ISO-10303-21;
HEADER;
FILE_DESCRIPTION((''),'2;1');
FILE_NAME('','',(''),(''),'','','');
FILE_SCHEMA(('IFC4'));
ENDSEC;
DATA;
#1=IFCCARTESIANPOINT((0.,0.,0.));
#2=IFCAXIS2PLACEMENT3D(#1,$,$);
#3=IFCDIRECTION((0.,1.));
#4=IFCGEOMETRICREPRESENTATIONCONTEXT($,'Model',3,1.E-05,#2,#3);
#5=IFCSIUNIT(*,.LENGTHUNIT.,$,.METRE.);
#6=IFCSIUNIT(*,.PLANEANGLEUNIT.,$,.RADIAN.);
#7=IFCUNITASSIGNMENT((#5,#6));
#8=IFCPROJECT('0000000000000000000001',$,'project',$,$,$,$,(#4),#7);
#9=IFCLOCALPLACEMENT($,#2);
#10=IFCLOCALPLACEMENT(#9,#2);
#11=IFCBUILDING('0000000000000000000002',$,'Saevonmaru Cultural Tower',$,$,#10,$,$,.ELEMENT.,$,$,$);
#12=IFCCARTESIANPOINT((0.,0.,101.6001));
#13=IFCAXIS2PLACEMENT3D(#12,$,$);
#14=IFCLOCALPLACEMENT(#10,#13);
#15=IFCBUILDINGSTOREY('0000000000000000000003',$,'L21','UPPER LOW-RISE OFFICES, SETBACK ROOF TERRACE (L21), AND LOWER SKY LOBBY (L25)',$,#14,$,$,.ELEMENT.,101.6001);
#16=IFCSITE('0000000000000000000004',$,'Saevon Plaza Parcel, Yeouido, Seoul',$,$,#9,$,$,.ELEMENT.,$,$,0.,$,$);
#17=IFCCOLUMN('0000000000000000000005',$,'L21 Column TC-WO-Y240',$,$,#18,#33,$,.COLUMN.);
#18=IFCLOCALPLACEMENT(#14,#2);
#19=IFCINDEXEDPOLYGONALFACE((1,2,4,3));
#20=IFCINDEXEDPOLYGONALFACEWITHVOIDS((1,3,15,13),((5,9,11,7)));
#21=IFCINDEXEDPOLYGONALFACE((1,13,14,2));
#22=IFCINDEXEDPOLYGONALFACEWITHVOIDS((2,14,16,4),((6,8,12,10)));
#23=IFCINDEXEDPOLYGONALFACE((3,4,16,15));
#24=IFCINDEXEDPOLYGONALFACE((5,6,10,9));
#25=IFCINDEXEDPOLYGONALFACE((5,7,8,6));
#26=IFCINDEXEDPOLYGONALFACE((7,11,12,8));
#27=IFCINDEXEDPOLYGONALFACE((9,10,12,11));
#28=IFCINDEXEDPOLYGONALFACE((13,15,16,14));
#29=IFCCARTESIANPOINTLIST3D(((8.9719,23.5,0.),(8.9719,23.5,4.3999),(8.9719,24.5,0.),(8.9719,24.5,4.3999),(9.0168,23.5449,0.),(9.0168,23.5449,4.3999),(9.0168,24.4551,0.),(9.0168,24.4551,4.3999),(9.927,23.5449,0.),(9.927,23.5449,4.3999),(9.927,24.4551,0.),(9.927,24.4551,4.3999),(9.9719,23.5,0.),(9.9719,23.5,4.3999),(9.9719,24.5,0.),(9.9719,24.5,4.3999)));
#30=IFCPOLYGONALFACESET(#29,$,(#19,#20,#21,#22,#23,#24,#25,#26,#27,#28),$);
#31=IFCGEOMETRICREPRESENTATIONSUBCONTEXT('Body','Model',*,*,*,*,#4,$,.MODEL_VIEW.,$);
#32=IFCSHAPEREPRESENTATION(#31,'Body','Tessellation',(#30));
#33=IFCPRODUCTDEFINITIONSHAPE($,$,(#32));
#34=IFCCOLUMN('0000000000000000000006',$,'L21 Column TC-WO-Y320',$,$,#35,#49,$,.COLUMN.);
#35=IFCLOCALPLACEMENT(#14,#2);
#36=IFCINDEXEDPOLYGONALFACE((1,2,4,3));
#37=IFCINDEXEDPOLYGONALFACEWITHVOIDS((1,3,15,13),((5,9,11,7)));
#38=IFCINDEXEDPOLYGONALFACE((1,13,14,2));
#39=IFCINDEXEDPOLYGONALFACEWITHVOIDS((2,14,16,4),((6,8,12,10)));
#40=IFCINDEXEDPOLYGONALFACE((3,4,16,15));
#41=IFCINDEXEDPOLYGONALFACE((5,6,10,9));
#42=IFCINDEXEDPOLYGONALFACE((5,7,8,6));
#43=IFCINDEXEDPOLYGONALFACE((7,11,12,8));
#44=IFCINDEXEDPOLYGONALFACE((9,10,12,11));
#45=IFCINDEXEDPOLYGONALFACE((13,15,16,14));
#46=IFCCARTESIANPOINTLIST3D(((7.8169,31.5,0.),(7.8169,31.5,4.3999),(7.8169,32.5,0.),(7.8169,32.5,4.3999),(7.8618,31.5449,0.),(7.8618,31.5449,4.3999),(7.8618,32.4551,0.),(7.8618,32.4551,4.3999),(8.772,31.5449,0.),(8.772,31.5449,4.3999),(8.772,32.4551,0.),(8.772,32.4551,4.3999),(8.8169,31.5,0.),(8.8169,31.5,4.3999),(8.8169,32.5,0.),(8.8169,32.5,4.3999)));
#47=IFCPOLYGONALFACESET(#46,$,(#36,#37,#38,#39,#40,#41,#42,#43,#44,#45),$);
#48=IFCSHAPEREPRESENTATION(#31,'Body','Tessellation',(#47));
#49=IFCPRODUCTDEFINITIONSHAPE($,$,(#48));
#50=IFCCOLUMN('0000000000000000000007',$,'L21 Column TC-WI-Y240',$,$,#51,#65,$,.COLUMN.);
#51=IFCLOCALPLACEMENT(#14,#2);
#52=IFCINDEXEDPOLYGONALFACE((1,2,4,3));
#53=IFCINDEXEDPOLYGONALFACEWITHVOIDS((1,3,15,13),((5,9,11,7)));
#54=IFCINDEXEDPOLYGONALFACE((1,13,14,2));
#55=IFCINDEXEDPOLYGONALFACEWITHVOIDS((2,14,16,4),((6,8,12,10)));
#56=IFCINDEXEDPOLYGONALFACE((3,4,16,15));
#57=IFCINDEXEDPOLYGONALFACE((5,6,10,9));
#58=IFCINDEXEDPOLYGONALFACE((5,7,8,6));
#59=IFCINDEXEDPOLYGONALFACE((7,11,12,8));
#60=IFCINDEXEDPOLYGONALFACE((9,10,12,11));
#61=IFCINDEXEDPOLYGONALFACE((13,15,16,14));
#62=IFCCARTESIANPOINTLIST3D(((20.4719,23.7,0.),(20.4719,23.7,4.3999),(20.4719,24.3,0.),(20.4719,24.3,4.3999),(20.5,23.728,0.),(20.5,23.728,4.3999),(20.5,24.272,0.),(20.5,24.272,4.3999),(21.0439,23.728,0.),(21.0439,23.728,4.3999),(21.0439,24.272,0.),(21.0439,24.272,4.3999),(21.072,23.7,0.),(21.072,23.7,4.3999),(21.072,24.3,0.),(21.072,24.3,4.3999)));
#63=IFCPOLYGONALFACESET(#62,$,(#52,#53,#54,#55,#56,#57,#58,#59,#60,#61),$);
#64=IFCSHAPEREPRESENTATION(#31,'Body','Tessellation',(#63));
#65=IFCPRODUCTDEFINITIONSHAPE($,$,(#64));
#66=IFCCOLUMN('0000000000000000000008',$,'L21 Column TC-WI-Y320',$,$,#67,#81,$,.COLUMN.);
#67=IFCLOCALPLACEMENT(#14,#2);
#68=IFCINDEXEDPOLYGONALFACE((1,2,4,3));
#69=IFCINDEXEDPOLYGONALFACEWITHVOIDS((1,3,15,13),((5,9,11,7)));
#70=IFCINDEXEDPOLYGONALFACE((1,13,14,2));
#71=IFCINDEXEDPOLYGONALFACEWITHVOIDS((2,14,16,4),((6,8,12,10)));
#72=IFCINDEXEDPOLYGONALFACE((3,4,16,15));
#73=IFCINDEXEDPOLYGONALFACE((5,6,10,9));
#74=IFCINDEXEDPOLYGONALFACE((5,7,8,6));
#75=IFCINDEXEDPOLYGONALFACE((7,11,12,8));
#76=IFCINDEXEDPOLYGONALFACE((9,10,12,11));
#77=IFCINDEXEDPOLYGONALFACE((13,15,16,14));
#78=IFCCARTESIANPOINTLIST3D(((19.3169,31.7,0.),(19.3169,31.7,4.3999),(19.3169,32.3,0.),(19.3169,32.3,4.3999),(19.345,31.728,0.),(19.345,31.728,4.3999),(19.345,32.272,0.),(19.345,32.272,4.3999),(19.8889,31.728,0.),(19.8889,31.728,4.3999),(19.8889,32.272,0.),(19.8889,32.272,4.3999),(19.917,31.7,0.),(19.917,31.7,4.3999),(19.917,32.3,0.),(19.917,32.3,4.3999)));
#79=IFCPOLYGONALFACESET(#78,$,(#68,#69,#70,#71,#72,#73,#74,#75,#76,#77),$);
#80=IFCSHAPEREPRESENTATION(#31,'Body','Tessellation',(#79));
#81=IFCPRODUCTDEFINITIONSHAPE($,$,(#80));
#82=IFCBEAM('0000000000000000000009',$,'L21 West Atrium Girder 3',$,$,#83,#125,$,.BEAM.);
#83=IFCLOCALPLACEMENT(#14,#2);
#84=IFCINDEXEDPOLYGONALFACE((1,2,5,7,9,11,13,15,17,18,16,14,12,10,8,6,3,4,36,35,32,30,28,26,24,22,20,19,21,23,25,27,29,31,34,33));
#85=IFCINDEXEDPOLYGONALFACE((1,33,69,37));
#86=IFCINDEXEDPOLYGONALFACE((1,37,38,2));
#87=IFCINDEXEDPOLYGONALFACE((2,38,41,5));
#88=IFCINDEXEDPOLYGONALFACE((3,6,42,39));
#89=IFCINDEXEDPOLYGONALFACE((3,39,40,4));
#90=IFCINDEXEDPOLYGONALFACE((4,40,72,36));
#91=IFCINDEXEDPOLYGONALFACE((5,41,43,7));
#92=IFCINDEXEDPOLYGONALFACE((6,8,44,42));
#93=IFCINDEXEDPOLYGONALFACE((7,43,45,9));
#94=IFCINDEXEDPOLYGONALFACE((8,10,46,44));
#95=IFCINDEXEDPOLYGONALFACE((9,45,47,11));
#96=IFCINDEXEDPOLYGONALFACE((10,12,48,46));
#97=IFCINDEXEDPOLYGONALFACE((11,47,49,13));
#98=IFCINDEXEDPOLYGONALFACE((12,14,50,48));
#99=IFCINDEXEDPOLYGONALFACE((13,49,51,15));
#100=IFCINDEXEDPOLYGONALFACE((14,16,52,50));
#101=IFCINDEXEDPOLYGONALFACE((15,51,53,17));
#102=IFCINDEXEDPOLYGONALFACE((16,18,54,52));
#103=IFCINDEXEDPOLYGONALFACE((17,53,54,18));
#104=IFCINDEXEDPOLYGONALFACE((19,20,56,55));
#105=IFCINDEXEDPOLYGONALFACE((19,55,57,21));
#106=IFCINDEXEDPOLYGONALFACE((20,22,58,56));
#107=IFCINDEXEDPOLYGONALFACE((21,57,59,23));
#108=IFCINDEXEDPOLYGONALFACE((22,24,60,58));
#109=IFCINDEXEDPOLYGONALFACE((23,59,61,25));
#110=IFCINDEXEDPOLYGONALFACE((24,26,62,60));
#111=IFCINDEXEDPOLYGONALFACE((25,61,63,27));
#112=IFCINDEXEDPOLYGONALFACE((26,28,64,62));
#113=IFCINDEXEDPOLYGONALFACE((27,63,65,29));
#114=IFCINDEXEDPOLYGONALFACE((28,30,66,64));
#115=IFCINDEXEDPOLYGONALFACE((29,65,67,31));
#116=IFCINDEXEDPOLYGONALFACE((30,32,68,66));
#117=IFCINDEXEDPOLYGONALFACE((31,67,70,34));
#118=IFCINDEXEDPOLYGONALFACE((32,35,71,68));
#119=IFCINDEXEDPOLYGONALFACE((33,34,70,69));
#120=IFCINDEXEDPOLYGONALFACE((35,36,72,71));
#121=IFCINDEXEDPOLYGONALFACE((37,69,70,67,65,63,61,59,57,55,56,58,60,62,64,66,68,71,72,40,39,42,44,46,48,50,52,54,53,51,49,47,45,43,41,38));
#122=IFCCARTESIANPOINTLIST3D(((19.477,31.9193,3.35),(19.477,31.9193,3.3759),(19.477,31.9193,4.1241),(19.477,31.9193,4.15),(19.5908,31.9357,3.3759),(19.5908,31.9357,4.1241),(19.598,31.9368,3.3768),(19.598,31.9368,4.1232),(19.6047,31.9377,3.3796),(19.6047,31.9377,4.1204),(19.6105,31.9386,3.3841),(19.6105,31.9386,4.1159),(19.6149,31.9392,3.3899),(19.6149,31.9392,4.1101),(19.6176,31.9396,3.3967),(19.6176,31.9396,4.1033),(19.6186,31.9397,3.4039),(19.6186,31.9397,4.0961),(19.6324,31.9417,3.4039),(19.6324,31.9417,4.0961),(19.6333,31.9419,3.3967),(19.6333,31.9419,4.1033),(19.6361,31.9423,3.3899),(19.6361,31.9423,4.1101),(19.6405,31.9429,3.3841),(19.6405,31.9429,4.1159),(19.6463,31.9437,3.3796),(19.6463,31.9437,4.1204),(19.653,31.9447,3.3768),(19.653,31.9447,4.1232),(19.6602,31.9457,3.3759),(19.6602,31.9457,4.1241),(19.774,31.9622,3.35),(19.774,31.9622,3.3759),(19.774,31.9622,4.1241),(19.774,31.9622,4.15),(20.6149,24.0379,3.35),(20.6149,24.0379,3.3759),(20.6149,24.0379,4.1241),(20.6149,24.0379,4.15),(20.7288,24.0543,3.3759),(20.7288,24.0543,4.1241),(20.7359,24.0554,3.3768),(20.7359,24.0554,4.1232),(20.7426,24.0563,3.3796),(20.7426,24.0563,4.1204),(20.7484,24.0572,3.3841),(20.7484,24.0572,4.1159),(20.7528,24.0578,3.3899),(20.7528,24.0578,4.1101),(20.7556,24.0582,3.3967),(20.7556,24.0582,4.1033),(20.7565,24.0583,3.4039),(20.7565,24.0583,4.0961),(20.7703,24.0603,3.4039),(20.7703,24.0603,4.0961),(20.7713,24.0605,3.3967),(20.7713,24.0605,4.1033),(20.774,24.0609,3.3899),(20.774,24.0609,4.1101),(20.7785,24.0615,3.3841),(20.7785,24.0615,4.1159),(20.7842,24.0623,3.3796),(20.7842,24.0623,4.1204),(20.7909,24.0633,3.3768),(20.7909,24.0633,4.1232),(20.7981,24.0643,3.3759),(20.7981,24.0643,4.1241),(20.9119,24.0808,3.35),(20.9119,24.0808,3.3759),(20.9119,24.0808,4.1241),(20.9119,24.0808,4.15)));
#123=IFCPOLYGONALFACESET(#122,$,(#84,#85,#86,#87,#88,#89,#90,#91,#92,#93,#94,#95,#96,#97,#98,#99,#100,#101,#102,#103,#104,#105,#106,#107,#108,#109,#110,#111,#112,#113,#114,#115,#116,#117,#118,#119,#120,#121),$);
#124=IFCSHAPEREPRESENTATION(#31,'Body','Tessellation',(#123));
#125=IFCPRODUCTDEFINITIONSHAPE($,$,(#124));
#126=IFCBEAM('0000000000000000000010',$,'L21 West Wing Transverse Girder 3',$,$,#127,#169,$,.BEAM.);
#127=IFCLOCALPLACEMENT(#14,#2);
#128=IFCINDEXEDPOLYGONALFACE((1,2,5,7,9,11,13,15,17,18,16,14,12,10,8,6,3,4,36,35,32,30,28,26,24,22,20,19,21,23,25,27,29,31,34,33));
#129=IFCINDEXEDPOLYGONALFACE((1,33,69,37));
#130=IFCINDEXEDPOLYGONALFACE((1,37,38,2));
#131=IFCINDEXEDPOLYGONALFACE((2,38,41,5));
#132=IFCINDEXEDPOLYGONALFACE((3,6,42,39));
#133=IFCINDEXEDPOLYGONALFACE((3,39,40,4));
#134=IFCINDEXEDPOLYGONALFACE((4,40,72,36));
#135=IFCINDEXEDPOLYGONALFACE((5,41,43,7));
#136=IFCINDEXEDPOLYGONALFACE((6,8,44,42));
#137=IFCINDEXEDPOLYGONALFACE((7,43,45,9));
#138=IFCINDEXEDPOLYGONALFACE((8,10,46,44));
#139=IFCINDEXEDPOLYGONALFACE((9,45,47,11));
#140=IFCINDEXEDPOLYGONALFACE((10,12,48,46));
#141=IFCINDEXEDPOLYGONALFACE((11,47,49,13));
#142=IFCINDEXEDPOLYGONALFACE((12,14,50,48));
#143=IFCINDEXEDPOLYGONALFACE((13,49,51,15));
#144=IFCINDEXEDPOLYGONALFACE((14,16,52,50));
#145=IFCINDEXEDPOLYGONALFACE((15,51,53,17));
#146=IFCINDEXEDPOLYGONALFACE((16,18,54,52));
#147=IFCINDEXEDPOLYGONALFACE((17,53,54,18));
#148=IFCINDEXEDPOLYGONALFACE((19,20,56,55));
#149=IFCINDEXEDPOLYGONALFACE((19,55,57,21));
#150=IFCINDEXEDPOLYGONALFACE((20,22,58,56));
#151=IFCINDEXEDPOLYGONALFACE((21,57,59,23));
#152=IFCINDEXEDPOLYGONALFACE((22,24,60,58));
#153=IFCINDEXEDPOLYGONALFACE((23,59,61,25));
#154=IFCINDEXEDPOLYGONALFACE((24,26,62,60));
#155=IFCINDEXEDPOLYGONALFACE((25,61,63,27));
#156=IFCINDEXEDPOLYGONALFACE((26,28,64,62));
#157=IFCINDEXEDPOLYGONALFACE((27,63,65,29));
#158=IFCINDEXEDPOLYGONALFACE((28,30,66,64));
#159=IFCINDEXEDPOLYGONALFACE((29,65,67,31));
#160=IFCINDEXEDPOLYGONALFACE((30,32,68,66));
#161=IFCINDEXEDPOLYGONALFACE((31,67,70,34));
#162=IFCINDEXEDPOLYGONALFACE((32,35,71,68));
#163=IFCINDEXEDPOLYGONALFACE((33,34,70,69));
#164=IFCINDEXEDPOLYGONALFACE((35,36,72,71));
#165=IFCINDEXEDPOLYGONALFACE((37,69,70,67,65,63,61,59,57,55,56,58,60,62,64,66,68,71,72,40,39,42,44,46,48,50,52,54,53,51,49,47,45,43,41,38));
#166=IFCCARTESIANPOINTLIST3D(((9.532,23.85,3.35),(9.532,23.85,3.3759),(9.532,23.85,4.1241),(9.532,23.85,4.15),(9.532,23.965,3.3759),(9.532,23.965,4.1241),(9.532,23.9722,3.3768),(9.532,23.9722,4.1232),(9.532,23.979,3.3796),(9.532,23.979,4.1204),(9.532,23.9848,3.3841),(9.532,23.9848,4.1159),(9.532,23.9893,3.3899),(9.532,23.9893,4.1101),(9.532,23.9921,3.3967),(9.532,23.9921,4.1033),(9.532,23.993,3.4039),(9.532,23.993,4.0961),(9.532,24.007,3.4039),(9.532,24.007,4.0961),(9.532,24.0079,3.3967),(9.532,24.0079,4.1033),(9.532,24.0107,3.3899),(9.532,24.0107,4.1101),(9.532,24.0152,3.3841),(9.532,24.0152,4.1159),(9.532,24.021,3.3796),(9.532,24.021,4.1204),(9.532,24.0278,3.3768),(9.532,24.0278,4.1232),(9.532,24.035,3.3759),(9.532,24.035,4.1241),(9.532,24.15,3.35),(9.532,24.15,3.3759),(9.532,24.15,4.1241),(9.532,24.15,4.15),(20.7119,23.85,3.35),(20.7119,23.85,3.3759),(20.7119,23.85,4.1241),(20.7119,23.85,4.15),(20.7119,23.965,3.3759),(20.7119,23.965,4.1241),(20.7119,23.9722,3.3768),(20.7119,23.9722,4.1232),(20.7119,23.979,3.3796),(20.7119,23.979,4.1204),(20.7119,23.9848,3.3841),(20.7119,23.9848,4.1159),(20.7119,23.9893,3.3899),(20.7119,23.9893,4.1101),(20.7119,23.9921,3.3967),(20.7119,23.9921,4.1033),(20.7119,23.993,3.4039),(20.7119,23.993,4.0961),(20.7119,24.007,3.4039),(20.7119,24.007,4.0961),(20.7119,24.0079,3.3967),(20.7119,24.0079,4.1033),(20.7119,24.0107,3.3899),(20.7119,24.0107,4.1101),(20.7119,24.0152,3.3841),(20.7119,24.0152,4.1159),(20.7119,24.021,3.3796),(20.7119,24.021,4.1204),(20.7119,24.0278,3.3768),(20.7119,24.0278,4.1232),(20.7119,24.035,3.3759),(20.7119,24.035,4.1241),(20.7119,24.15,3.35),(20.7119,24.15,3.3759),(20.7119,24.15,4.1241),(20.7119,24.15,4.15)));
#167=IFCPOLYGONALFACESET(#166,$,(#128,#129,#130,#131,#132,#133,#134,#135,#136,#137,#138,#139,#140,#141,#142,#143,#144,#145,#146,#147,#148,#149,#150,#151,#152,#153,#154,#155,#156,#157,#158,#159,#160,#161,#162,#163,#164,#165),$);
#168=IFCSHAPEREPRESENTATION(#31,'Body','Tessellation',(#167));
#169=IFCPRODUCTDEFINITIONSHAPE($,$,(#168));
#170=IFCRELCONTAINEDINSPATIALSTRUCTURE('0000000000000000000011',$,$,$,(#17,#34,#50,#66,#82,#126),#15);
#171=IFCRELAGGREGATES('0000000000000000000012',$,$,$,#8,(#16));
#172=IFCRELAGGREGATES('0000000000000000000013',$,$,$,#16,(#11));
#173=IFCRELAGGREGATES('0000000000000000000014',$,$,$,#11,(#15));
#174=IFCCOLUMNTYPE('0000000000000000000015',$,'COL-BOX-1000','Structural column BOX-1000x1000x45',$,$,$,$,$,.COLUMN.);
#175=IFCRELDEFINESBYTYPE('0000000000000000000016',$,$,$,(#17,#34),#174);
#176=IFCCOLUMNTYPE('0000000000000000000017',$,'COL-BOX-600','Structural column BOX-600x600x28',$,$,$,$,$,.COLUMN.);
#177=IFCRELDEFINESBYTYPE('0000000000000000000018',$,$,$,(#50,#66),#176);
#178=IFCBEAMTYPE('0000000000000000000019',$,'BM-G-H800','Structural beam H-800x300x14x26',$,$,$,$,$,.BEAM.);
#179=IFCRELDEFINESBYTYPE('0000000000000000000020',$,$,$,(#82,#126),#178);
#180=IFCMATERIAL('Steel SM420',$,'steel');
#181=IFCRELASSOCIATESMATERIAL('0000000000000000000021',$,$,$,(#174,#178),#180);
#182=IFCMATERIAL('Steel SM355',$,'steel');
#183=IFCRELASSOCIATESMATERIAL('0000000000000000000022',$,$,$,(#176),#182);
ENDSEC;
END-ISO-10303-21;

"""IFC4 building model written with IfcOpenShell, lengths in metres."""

from ifc_helpers import new_model, si_unit, direction, frame, origin, origin_2d, place, context, subcontext, project, spatial, hollow_rectangle, i_section, extrude, material, material_profile, profile_set, type_object, element, save


model = new_model("IFC4")

# Units and contexts
model_context = context("Model", 3, precision=1e-05, world=origin(), true_north=direction((0.0, 1.0)))
body_context = subcontext(model_context, "Body", "Model", "MODEL_VIEW")
ifc_project = project(units=[si_unit("LENGTHUNIT", "METRE"), si_unit("PLANEANGLEUNIT", "RADIAN")], contexts=[model_context])

# Site, building, storey
site_placement = place(None, origin())
site = spatial("IfcSite", under=ifc_project, at=site_placement, Name="Saevon Plaza Parcel, Yeouido, Seoul", CompositionType="ELEMENT", RefElevation=0.0)
building_placement = place(site_placement, origin())
building = spatial("IfcBuilding", under=site, at=building_placement, Name="Saevonmaru Cultural Tower", CompositionType="ELEMENT")
storey_placement = place(building_placement, frame((0.0, 0.0, 101.6001)))
storey = spatial("IfcBuildingStorey", under=building, at=storey_placement, Name="L21", Description="UPPER LOW-RISE OFFICES, SETBACK ROOF TERRACE (L21), AND LOWER SKY LOBBY (L25)", CompositionType="ELEMENT", Elevation=101.6001)

# Columns
ifc_material_1 = material(Name="Steel SM420", Category="steel")
ifc_material_profile_1 = material_profile(ifc_material_1, hollow_rectangle(XDim=1.0, YDim=1.0, WallThickness=0.0449, at=origin_2d()), Name="BOX-1000x1000x45")
ifc_profile_set_1 = profile_set([ifc_material_profile_1], Name="Steel SM420")
column_type_1 = type_object("IfcColumnType", Name="COL-BOX-1000", Description="Structural column BOX-1000x1000x45", PredefinedType="COLUMN", material=ifc_profile_set_1)
for number, where, z_axis, x_axis, name in (
    (1, (9.4719, 24.0, 0.0), (0.0, 0.0, 1.0), (1.0, 0.0, 0.0), "L21 Column TC-WO-Y240"),
    (2, (8.3169, 32.0, 0.0), (0.0, 0.0, 1.0), (1.0, 0.0, 0.0), "L21 Column TC-WO-Y320"),
):
    element("IfcColumn", number, at=place(storey_placement, frame(where, z_axis=z_axis, x_axis=x_axis)), inside=storey, type_object=column_type_1, Name=name, PredefinedType="COLUMN", context=body_context, shape_type="SweptSolid", body=[
        extrude(hollow_rectangle(XDim=1.0, YDim=1.0, WallThickness=0.0449, at=origin_2d()), origin(), (0.0, 0.0, 1.0), 4.3999),
    ])
ifc_material_2 = material(Name="Steel SM355", Category="steel")
ifc_material_profile_2 = material_profile(ifc_material_2, hollow_rectangle(XDim=0.6001, YDim=0.6001, WallThickness=0.0281, at=origin_2d()), Name="BOX-600x600x28")
ifc_profile_set_2 = profile_set([ifc_material_profile_2], Name="Steel SM355")
column_type_2 = type_object("IfcColumnType", Name="COL-BOX-600", Description="Structural column BOX-600x600x28", PredefinedType="COLUMN", material=ifc_profile_set_2)
for number, where, z_axis, x_axis, name in (
    (3, (20.772, 24.0, 0.0), (0.0, 0.0, 1.0), (1.0, 0.0, 0.0), "L21 Column TC-WI-Y240"),
    (4, (19.6169, 32.0, 0.0), (0.0, 0.0, 1.0), (1.0, 0.0, 0.0), "L21 Column TC-WI-Y320"),
):
    element("IfcColumn", number, at=place(storey_placement, frame(where, z_axis=z_axis, x_axis=x_axis)), inside=storey, type_object=column_type_2, Name=name, PredefinedType="COLUMN", context=body_context, shape_type="SweptSolid", body=[
        extrude(hollow_rectangle(XDim=0.6001, YDim=0.6001, WallThickness=0.0281, at=origin_2d()), origin(), (0.0, 0.0, 1.0), 4.3999),
    ])

# Beams
ifc_material_profile_3 = material_profile(ifc_material_1, i_section(OverallWidth=0.3, OverallDepth=0.8, WebThickness=0.0139, FlangeThickness=0.0259, FilletRadius=0.0281, at=origin_2d()), Name="H-800x300x14x26")
ifc_profile_set_3 = profile_set([ifc_material_profile_3], Name="Steel SM420")
beam_type_1 = type_object("IfcBeamType", Name="BM-G-H800", Description="Structural beam H-800x300x14x26", PredefinedType="BEAM", material=ifc_profile_set_3)
beam_1_placement = place(storey_placement, frame((20.7634, 24.0593, 3.75), z_axis=(-0.142902, 0.989737, 0.0), x_axis=(-0.989737, -0.142902, 0.0)))
element("IfcBeam", 5, at=beam_1_placement, inside=storey, type_object=beam_type_1, Name="L21 West Atrium Girder 3", PredefinedType="BEAM", context=body_context, shape_type="SweptSolid", body=[
    extrude(i_section(OverallWidth=0.3, OverallDepth=0.8, WebThickness=0.0139, FlangeThickness=0.0259, FilletRadius=0.0281, at=origin_2d()), origin(), (0.0, 0.0, 1.0), 7.9631),
])
for number, where, z_axis, x_axis, name in (
    (6, (9.532, 24.0, 3.75), (1.0, 0.0, 0.0), (0.0, 1.0, 0.0), "L21 West Wing Transverse Girder 3"),
):
    element("IfcBeam", number, at=place(storey_placement, frame(where, z_axis=z_axis, x_axis=x_axis)), inside=storey, type_object=beam_type_1, Name=name, PredefinedType="BEAM", context=body_context, shape_type="SweptSolid", body=[
        extrude(i_section(OverallWidth=0.3, OverallDepth=0.8, WebThickness=0.0139, FlangeThickness=0.0259, FilletRadius=0.0281, at=origin_2d()), origin(), (0.0, 0.0, 1.0), 11.1799),
    ])

save(model, "model.ifc")
